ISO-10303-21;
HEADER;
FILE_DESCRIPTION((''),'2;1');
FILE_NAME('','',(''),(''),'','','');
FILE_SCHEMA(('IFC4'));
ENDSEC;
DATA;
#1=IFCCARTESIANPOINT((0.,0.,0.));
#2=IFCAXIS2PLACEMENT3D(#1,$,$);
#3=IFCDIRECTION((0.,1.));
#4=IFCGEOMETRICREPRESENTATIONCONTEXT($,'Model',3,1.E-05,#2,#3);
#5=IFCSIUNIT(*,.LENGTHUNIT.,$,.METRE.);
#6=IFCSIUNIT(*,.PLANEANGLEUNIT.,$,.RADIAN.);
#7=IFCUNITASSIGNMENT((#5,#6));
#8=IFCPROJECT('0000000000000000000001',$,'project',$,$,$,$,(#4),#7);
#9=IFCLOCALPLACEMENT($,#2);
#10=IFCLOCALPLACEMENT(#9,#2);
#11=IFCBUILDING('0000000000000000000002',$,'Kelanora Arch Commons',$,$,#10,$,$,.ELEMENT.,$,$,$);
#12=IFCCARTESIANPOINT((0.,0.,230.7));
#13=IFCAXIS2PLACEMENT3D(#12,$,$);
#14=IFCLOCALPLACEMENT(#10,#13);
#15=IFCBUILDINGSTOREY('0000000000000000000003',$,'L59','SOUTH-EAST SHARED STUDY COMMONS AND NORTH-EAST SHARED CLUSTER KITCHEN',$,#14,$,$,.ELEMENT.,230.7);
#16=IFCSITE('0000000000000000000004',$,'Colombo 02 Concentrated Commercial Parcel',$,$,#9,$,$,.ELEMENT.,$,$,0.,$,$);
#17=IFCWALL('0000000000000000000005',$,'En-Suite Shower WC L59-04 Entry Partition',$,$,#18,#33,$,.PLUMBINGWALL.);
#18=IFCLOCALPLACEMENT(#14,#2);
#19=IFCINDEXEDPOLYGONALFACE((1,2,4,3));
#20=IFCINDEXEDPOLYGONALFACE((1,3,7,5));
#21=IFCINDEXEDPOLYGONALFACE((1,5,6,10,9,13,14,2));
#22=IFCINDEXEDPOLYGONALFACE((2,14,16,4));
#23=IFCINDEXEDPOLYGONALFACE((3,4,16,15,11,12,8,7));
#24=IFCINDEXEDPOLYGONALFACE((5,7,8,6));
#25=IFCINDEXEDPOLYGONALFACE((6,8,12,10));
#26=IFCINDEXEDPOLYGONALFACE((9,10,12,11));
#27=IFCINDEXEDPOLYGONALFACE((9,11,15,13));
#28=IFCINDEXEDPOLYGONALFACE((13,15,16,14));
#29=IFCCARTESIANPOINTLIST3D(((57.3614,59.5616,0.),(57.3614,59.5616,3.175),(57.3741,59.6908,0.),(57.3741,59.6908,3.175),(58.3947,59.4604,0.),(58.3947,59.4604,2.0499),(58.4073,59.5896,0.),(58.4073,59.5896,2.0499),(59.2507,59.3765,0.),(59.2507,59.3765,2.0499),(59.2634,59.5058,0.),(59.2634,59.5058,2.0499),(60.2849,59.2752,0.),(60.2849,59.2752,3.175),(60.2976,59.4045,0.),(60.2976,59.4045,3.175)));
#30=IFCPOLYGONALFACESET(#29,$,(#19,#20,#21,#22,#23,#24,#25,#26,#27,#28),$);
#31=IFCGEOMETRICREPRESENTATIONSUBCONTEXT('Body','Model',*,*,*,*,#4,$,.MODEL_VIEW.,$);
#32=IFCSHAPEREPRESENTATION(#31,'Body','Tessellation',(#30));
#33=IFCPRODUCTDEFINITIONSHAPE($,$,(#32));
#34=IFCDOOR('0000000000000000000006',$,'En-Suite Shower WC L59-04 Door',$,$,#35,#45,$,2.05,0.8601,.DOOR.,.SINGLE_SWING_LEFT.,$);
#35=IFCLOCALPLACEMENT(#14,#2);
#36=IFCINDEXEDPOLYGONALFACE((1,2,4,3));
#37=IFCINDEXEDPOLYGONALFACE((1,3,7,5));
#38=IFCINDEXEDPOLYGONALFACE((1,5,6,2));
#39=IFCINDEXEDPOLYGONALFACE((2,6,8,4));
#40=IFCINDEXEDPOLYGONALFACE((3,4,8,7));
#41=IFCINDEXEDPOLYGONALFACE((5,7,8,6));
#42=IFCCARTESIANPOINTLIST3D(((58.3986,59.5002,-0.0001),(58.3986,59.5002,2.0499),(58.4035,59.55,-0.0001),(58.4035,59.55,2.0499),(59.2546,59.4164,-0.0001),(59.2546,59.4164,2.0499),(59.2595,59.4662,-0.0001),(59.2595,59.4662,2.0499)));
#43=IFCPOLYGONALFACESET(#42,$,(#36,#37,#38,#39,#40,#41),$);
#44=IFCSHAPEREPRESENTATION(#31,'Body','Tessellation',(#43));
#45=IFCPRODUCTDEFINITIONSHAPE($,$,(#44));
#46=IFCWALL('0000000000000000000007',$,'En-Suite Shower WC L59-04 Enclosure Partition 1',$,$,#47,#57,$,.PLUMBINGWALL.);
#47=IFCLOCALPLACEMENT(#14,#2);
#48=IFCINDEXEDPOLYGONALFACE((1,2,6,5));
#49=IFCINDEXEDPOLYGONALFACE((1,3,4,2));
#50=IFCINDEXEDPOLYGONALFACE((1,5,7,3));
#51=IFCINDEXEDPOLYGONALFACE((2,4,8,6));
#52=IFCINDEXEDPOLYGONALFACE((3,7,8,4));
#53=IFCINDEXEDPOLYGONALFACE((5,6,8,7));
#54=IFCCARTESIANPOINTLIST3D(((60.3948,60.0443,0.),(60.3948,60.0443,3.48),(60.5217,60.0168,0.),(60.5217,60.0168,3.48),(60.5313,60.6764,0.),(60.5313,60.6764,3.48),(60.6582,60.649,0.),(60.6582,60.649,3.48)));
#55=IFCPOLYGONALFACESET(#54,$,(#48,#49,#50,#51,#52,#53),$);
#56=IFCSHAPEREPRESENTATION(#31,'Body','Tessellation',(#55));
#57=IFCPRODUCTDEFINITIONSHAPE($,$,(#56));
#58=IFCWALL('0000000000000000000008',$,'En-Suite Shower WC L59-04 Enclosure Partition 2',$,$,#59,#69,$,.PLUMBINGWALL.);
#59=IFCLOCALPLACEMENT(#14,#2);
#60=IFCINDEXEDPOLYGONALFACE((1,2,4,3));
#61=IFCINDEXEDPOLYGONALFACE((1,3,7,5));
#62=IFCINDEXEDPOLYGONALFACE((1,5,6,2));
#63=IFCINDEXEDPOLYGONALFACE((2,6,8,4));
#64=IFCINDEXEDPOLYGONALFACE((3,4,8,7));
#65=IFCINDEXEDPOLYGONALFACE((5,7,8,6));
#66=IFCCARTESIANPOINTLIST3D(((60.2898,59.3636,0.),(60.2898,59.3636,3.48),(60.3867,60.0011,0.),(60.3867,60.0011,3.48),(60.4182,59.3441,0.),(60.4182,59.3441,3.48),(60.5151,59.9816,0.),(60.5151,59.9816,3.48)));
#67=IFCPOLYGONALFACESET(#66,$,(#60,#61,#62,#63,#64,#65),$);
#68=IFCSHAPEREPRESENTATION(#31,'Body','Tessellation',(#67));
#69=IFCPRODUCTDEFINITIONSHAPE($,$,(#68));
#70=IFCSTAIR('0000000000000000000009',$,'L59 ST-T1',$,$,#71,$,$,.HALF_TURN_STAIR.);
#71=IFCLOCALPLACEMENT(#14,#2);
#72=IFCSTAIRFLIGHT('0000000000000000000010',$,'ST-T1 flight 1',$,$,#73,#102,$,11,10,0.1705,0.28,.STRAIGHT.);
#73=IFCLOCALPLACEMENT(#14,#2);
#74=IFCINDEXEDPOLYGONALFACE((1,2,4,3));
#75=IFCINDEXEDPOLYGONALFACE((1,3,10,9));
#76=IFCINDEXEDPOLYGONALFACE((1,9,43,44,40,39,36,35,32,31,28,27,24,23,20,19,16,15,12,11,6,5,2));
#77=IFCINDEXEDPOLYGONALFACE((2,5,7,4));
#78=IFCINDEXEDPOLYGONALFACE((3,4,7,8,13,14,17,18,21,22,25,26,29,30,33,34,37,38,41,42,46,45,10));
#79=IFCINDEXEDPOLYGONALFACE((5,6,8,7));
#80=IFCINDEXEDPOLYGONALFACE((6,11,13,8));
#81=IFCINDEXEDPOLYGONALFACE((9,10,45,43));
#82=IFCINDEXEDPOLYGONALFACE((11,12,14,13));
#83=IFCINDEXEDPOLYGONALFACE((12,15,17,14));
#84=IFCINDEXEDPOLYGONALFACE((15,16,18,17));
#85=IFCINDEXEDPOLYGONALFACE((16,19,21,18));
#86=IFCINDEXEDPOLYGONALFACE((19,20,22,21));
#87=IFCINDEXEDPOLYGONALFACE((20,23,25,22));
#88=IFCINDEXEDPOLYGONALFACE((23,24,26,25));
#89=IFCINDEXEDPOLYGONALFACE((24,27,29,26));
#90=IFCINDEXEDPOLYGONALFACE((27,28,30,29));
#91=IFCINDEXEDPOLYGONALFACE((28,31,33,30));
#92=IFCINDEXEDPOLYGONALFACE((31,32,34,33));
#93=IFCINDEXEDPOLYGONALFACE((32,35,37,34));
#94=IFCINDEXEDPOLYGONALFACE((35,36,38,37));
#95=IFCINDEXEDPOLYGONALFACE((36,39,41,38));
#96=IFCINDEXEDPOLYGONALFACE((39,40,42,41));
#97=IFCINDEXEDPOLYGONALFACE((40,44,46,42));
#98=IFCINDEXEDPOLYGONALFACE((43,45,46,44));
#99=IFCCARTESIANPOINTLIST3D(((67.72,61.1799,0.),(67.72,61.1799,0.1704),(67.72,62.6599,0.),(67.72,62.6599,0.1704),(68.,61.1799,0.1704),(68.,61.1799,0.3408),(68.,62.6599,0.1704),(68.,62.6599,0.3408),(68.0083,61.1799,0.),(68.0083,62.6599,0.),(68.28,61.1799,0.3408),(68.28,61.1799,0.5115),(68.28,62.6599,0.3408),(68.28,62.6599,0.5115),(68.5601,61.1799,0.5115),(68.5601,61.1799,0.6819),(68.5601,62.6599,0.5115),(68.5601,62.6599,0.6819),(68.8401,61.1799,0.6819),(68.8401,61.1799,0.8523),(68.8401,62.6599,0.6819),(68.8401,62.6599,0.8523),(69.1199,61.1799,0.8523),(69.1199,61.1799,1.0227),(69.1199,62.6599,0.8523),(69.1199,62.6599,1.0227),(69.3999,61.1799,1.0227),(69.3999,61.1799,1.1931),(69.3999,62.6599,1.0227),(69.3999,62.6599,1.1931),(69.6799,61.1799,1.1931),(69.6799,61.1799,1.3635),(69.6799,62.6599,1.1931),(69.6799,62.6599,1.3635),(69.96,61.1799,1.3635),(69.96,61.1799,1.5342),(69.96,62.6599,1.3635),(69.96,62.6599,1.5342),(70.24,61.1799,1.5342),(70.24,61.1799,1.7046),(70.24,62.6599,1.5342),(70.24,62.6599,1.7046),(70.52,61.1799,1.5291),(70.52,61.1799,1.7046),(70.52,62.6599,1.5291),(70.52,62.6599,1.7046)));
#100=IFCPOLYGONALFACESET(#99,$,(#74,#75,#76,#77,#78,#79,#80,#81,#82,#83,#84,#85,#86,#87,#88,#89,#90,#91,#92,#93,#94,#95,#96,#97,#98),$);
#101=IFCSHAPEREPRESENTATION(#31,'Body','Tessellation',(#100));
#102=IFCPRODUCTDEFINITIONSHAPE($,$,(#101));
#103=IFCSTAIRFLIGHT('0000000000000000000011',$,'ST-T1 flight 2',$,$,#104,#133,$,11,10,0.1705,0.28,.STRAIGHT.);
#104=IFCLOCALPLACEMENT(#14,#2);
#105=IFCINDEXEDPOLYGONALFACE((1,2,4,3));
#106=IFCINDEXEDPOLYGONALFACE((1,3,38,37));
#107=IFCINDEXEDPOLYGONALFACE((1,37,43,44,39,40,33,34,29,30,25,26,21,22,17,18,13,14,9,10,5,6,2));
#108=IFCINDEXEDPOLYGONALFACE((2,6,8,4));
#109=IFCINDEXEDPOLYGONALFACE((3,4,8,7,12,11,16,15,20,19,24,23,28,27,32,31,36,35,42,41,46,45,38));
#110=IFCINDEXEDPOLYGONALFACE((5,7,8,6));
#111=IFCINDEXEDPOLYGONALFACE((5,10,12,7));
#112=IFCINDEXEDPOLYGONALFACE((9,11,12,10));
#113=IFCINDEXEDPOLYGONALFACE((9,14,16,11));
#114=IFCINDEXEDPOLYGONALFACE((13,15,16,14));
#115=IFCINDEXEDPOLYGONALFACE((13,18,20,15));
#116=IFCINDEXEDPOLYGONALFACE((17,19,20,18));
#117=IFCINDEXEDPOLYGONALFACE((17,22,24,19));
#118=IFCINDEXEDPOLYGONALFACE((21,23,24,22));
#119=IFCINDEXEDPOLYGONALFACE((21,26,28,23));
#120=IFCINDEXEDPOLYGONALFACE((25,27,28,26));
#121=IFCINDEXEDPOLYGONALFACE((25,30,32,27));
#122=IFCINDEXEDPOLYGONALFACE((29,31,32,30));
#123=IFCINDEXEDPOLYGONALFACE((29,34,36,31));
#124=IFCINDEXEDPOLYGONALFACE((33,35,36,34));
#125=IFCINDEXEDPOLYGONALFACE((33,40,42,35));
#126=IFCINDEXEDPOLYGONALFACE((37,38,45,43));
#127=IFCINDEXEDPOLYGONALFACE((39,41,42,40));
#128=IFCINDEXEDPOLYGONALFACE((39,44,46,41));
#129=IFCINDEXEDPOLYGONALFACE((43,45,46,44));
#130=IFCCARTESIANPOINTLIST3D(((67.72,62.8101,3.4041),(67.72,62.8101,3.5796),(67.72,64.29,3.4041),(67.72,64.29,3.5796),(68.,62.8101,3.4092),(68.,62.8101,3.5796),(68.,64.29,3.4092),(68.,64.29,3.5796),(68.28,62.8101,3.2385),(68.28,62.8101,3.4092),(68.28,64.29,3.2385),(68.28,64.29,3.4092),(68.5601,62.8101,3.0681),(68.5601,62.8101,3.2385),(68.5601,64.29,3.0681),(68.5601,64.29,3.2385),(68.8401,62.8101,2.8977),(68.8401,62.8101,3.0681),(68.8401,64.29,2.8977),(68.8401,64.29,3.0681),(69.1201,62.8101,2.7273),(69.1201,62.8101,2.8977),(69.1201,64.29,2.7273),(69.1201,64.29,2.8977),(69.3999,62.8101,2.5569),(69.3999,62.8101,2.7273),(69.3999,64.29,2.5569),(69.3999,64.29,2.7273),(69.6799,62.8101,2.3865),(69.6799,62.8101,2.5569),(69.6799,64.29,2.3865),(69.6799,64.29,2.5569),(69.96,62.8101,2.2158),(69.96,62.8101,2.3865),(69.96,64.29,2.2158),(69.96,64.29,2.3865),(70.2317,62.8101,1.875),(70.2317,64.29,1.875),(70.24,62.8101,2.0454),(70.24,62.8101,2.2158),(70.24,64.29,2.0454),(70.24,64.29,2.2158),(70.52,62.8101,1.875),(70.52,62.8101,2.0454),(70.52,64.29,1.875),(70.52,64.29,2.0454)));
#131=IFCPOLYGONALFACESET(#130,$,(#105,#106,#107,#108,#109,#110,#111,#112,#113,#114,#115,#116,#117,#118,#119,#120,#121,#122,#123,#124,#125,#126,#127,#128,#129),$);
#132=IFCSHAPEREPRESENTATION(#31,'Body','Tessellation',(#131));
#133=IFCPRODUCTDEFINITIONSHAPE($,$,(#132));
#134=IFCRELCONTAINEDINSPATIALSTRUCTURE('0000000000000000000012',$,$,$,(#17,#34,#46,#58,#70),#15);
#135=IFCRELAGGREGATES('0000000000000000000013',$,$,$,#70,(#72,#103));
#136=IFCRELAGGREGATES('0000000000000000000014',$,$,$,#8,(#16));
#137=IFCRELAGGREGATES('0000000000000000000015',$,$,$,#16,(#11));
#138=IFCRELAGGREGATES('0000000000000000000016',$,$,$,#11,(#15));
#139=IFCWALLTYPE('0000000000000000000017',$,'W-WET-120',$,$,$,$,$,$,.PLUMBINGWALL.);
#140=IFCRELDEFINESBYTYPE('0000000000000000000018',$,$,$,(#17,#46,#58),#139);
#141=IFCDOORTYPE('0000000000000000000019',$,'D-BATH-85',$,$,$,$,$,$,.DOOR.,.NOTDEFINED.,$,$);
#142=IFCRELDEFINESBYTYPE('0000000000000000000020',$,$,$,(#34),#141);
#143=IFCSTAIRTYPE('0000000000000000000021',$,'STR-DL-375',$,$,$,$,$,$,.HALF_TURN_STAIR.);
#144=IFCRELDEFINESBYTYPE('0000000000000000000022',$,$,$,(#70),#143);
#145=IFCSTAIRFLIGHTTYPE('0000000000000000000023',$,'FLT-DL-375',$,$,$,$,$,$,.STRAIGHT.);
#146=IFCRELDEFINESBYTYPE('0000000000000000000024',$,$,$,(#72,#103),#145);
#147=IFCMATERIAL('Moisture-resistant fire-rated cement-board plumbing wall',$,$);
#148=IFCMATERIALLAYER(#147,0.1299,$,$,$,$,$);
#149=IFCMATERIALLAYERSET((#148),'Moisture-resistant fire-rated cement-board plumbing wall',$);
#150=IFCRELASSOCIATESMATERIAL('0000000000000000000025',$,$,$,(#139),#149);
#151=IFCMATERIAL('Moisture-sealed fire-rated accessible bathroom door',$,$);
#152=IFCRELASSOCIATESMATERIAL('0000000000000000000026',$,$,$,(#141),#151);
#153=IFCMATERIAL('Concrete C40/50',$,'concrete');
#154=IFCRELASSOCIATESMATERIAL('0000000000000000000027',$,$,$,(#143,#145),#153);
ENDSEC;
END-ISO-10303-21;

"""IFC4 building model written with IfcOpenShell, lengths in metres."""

from ifc_helpers import new_model, si_unit, direction, frame, frame_2d, origin, place, context, subcontext, project, spatial, polyline, rectangle, outline, extrude, material, layer, layer_set, type_object, element, fill, aggregate, save


model = new_model("IFC4")

# Units and contexts
model_context = context("Model", 3, precision=1e-05, world=origin(), true_north=direction((0.0, 1.0)))
body_context = subcontext(model_context, "Body", "Model", "MODEL_VIEW")
ifc_project = project(units=[si_unit("LENGTHUNIT", "METRE"), si_unit("PLANEANGLEUNIT", "RADIAN")], contexts=[model_context])

# Site, building, storey
site_placement = place(None, origin())
site = spatial("IfcSite", under=ifc_project, at=site_placement, Name="Colombo 02 Concentrated Commercial Parcel", CompositionType="ELEMENT", RefElevation=0.0)
building_placement = place(site_placement, origin())
building = spatial("IfcBuilding", under=site, at=building_placement, Name="Kelanora Arch Commons", CompositionType="ELEMENT")
storey_placement = place(building_placement, frame((0.0, 0.0, 230.7)))
storey = spatial("IfcBuildingStorey", under=building, at=storey_placement, Name="L59", Description="SOUTH-EAST SHARED STUDY COMMONS AND NORTH-EAST SHARED CLUSTER KITCHEN", CompositionType="ELEMENT", Elevation=230.7)

# Shared definitions
ifc_material_1 = material(Name="Concrete C40/50", Category="concrete")

# Wall, opening, door
ifc_material_2 = material(Name="Moisture-resistant fire-rated cement-board plumbing wall")
ifc_layer_1 = layer(ifc_material_2, 0.1299)
ifc_layer_set_1 = layer_set([ifc_layer_1], Name="Moisture-resistant fire-rated cement-board plumbing wall")
wall_type_1 = type_object("IfcWallType", Name="W-WET-120", PredefinedType="PLUMBINGWALL", material=ifc_layer_set_1)
wall_1_placement = place(storey_placement, frame((60.2913, 59.3398, 0.0), z_axis=(0.0, 0.0, 1.0), x_axis=(-0.995237, 0.097487, 0.0)))
wall_1 = element("IfcWall", 1, at=wall_1_placement, inside=storey, type_object=wall_type_1, Name="En-Suite Shower WC L59-04 Entry Partition", PredefinedType="PLUMBINGWALL", context=body_context, shape_type="SweptSolid", body=[
    extrude(rectangle(XDim=2.9375, YDim=0.1299, at=frame_2d((1.4688, 0.0))), origin(), (0.0, 0.0, 1.0), 3.175),
])
opening_1_placement = place(wall_1_placement, frame((1.0391, 0.0, 0.0)))
opening_1 = element("IfcOpeningElement", 2, at=opening_1_placement, cuts=wall_1, PredefinedType="OPENING", context=body_context, shape_type="SweptSolid", body=[
    extrude(rectangle(XDim=0.8601, YDim=2.05, at=frame_2d((0.4302, 1.0249))), frame((0.0, 0.075, 0.0), z_axis=(0.0, -1.0, 0.0), x_axis=(1.0, 0.0, 0.0)), (0.0, 0.0, 1.0), 0.1499),
])
ifc_material_3 = material(Name="Moisture-sealed fire-rated accessible bathroom door")
door_type_1 = type_object("IfcDoorType", Name="D-BATH-85", OperationType="NOTDEFINED", PredefinedType="DOOR", material=ifc_material_3)
door_1_placement = place(opening_1_placement, origin())
door_1 = element("IfcDoor", 3, at=door_1_placement, inside=storey, type_object=door_type_1, Name="En-Suite Shower WC L59-04 Door", OperationType="SINGLE_SWING_LEFT", OverallHeight=2.05, OverallWidth=0.8601, PredefinedType="DOOR", context=body_context, shape_type="SweptSolid", body=[
    extrude(rectangle(XDim=0.8601, YDim=2.05, at=frame_2d((0.4302, 1.0249))), frame((0.0, 0.0249, 0.0), z_axis=(0.0, -1.0, 0.0), x_axis=(1.0, 0.0, 0.0)), (0.0, 0.0, 1.0), 0.05),
])
fill(opening_1, door_1)

# Walls
wall_2_placement = place(storey_placement, frame((60.5947, 60.6626, 0.0), z_axis=(0.0, 0.0, 1.0), x_axis=(-0.21105, -0.977475, 0.0)))
element("IfcWall", 4, at=wall_2_placement, inside=storey, type_object=wall_type_1, Name="En-Suite Shower WC L59-04 Enclosure Partition 1", PredefinedType="PLUMBINGWALL", context=body_context, shape_type="SweptSolid", body=[
    extrude(rectangle(XDim=0.6467, YDim=0.1299, at=frame_2d((0.3232, 0.0))), origin(), (0.0, 0.0, 1.0), 3.48),
])
wall_3_placement = place(storey_placement, frame((60.4509, 59.9912, 0.0), z_axis=(0.0, 0.0, 1.0), x_axis=(-0.150321, -0.988637, 0.0)))
element("IfcWall", 5, at=wall_3_placement, inside=storey, type_object=wall_type_1, Name="En-Suite Shower WC L59-04 Enclosure Partition 2", PredefinedType="PLUMBINGWALL", context=body_context, shape_type="SweptSolid", body=[
    extrude(rectangle(XDim=0.6448, YDim=0.1299, at=frame_2d((0.3223, 0.0))), origin(), (0.0, 0.0, 1.0), 3.48),
])

# Stair, stair flights
stair_type = type_object("IfcStairType", Name="STR-DL-375", PredefinedType="HALF_TURN_STAIR", material=ifc_material_1)
stair_placement = place(storey_placement, origin())
stair = element("IfcStair", 6, at=stair_placement, inside=storey, type_object=stair_type, Name="L59 ST-T1", PredefinedType="HALF_TURN_STAIR")
stair_flight_type = type_object("IfcStairFlightType", Name="FLT-DL-375", PredefinedType="STRAIGHT", material=ifc_material_1)
stair_flight_1_placement = place(storey_placement, frame((67.72, 61.9199, 0.0), z_axis=(0.0, 0.0, 1.0), x_axis=(1.0, 0.0, 0.0)))
stair_flight_1 = element("IfcStairFlight", 7, at=stair_flight_1_placement, type_object=stair_flight_type, Name="ST-T1 flight 1", NumberOfRisers=11, NumberOfTreads=10, PredefinedType="STRAIGHT", RiserHeight=0.1705, TreadLength=0.28, context=body_context, shape_type="SweptSolid", body=[
    extrude(outline(polyline([(0.0, 0.0), (0.0, 0.1704), (0.28, 0.1704), (0.28, 0.3408), (0.5601, 0.3408), (0.5601, 0.5115), (0.8401, 0.5115), (0.8401, 0.6819), (1.1201, 0.6819), (1.1201, 0.8523), (1.3999, 0.8523), (1.3999, 1.0227), (1.6799, 1.0227), (1.6799, 1.1931), (1.96, 1.1931), (1.96, 1.3635), (2.24, 1.3635), (2.24, 1.5342), (2.52, 1.5342), (2.52, 1.7046), (2.8, 1.7046), (2.8, 1.875), (2.8, 1.5291), (0.2883, 0.0), (0.0, 0.0)])), frame((0.0, 0.74, 0.0), z_axis=(0.0, -1.0, 0.0), x_axis=(1.0, 0.0, 0.0)), (0.0, 0.0, 1.0), 1.48),
])
stair_flight_2_placement = place(storey_placement, frame((70.52, 63.55, 1.875), z_axis=(0.0, 0.0, 1.0), x_axis=(-1.0, 0.0, 0.0)))
stair_flight_2 = element("IfcStairFlight", 8, at=stair_flight_2_placement, type_object=stair_flight_type, Name="ST-T1 flight 2", NumberOfRisers=11, NumberOfTreads=10, PredefinedType="STRAIGHT", RiserHeight=0.1705, TreadLength=0.28, context=body_context, shape_type="SweptSolid", body=[
    extrude(outline(polyline([(0.0, 0.0), (0.0, 0.1704), (0.28, 0.1704), (0.28, 0.3408), (0.5601, 0.3408), (0.5601, 0.5115), (0.8401, 0.5115), (0.8401, 0.6819), (1.1201, 0.6819), (1.1201, 0.8523), (1.3999, 0.8523), (1.3999, 1.0227), (1.6799, 1.0227), (1.6799, 1.1931), (1.96, 1.1931), (1.96, 1.3635), (2.24, 1.3635), (2.24, 1.5342), (2.52, 1.5342), (2.52, 1.7046), (2.8, 1.7046), (2.8, 1.875), (2.8, 1.5291), (0.2883, 0.0), (0.0, 0.0)])), frame((0.0, 0.74, 0.0), z_axis=(0.0, -1.0, 0.0), x_axis=(1.0, 0.0, 0.0)), (0.0, 0.0, 1.0), 1.48),
])
aggregate(stair, [stair_flight_1, stair_flight_2])

save(model, "model.ifc")
